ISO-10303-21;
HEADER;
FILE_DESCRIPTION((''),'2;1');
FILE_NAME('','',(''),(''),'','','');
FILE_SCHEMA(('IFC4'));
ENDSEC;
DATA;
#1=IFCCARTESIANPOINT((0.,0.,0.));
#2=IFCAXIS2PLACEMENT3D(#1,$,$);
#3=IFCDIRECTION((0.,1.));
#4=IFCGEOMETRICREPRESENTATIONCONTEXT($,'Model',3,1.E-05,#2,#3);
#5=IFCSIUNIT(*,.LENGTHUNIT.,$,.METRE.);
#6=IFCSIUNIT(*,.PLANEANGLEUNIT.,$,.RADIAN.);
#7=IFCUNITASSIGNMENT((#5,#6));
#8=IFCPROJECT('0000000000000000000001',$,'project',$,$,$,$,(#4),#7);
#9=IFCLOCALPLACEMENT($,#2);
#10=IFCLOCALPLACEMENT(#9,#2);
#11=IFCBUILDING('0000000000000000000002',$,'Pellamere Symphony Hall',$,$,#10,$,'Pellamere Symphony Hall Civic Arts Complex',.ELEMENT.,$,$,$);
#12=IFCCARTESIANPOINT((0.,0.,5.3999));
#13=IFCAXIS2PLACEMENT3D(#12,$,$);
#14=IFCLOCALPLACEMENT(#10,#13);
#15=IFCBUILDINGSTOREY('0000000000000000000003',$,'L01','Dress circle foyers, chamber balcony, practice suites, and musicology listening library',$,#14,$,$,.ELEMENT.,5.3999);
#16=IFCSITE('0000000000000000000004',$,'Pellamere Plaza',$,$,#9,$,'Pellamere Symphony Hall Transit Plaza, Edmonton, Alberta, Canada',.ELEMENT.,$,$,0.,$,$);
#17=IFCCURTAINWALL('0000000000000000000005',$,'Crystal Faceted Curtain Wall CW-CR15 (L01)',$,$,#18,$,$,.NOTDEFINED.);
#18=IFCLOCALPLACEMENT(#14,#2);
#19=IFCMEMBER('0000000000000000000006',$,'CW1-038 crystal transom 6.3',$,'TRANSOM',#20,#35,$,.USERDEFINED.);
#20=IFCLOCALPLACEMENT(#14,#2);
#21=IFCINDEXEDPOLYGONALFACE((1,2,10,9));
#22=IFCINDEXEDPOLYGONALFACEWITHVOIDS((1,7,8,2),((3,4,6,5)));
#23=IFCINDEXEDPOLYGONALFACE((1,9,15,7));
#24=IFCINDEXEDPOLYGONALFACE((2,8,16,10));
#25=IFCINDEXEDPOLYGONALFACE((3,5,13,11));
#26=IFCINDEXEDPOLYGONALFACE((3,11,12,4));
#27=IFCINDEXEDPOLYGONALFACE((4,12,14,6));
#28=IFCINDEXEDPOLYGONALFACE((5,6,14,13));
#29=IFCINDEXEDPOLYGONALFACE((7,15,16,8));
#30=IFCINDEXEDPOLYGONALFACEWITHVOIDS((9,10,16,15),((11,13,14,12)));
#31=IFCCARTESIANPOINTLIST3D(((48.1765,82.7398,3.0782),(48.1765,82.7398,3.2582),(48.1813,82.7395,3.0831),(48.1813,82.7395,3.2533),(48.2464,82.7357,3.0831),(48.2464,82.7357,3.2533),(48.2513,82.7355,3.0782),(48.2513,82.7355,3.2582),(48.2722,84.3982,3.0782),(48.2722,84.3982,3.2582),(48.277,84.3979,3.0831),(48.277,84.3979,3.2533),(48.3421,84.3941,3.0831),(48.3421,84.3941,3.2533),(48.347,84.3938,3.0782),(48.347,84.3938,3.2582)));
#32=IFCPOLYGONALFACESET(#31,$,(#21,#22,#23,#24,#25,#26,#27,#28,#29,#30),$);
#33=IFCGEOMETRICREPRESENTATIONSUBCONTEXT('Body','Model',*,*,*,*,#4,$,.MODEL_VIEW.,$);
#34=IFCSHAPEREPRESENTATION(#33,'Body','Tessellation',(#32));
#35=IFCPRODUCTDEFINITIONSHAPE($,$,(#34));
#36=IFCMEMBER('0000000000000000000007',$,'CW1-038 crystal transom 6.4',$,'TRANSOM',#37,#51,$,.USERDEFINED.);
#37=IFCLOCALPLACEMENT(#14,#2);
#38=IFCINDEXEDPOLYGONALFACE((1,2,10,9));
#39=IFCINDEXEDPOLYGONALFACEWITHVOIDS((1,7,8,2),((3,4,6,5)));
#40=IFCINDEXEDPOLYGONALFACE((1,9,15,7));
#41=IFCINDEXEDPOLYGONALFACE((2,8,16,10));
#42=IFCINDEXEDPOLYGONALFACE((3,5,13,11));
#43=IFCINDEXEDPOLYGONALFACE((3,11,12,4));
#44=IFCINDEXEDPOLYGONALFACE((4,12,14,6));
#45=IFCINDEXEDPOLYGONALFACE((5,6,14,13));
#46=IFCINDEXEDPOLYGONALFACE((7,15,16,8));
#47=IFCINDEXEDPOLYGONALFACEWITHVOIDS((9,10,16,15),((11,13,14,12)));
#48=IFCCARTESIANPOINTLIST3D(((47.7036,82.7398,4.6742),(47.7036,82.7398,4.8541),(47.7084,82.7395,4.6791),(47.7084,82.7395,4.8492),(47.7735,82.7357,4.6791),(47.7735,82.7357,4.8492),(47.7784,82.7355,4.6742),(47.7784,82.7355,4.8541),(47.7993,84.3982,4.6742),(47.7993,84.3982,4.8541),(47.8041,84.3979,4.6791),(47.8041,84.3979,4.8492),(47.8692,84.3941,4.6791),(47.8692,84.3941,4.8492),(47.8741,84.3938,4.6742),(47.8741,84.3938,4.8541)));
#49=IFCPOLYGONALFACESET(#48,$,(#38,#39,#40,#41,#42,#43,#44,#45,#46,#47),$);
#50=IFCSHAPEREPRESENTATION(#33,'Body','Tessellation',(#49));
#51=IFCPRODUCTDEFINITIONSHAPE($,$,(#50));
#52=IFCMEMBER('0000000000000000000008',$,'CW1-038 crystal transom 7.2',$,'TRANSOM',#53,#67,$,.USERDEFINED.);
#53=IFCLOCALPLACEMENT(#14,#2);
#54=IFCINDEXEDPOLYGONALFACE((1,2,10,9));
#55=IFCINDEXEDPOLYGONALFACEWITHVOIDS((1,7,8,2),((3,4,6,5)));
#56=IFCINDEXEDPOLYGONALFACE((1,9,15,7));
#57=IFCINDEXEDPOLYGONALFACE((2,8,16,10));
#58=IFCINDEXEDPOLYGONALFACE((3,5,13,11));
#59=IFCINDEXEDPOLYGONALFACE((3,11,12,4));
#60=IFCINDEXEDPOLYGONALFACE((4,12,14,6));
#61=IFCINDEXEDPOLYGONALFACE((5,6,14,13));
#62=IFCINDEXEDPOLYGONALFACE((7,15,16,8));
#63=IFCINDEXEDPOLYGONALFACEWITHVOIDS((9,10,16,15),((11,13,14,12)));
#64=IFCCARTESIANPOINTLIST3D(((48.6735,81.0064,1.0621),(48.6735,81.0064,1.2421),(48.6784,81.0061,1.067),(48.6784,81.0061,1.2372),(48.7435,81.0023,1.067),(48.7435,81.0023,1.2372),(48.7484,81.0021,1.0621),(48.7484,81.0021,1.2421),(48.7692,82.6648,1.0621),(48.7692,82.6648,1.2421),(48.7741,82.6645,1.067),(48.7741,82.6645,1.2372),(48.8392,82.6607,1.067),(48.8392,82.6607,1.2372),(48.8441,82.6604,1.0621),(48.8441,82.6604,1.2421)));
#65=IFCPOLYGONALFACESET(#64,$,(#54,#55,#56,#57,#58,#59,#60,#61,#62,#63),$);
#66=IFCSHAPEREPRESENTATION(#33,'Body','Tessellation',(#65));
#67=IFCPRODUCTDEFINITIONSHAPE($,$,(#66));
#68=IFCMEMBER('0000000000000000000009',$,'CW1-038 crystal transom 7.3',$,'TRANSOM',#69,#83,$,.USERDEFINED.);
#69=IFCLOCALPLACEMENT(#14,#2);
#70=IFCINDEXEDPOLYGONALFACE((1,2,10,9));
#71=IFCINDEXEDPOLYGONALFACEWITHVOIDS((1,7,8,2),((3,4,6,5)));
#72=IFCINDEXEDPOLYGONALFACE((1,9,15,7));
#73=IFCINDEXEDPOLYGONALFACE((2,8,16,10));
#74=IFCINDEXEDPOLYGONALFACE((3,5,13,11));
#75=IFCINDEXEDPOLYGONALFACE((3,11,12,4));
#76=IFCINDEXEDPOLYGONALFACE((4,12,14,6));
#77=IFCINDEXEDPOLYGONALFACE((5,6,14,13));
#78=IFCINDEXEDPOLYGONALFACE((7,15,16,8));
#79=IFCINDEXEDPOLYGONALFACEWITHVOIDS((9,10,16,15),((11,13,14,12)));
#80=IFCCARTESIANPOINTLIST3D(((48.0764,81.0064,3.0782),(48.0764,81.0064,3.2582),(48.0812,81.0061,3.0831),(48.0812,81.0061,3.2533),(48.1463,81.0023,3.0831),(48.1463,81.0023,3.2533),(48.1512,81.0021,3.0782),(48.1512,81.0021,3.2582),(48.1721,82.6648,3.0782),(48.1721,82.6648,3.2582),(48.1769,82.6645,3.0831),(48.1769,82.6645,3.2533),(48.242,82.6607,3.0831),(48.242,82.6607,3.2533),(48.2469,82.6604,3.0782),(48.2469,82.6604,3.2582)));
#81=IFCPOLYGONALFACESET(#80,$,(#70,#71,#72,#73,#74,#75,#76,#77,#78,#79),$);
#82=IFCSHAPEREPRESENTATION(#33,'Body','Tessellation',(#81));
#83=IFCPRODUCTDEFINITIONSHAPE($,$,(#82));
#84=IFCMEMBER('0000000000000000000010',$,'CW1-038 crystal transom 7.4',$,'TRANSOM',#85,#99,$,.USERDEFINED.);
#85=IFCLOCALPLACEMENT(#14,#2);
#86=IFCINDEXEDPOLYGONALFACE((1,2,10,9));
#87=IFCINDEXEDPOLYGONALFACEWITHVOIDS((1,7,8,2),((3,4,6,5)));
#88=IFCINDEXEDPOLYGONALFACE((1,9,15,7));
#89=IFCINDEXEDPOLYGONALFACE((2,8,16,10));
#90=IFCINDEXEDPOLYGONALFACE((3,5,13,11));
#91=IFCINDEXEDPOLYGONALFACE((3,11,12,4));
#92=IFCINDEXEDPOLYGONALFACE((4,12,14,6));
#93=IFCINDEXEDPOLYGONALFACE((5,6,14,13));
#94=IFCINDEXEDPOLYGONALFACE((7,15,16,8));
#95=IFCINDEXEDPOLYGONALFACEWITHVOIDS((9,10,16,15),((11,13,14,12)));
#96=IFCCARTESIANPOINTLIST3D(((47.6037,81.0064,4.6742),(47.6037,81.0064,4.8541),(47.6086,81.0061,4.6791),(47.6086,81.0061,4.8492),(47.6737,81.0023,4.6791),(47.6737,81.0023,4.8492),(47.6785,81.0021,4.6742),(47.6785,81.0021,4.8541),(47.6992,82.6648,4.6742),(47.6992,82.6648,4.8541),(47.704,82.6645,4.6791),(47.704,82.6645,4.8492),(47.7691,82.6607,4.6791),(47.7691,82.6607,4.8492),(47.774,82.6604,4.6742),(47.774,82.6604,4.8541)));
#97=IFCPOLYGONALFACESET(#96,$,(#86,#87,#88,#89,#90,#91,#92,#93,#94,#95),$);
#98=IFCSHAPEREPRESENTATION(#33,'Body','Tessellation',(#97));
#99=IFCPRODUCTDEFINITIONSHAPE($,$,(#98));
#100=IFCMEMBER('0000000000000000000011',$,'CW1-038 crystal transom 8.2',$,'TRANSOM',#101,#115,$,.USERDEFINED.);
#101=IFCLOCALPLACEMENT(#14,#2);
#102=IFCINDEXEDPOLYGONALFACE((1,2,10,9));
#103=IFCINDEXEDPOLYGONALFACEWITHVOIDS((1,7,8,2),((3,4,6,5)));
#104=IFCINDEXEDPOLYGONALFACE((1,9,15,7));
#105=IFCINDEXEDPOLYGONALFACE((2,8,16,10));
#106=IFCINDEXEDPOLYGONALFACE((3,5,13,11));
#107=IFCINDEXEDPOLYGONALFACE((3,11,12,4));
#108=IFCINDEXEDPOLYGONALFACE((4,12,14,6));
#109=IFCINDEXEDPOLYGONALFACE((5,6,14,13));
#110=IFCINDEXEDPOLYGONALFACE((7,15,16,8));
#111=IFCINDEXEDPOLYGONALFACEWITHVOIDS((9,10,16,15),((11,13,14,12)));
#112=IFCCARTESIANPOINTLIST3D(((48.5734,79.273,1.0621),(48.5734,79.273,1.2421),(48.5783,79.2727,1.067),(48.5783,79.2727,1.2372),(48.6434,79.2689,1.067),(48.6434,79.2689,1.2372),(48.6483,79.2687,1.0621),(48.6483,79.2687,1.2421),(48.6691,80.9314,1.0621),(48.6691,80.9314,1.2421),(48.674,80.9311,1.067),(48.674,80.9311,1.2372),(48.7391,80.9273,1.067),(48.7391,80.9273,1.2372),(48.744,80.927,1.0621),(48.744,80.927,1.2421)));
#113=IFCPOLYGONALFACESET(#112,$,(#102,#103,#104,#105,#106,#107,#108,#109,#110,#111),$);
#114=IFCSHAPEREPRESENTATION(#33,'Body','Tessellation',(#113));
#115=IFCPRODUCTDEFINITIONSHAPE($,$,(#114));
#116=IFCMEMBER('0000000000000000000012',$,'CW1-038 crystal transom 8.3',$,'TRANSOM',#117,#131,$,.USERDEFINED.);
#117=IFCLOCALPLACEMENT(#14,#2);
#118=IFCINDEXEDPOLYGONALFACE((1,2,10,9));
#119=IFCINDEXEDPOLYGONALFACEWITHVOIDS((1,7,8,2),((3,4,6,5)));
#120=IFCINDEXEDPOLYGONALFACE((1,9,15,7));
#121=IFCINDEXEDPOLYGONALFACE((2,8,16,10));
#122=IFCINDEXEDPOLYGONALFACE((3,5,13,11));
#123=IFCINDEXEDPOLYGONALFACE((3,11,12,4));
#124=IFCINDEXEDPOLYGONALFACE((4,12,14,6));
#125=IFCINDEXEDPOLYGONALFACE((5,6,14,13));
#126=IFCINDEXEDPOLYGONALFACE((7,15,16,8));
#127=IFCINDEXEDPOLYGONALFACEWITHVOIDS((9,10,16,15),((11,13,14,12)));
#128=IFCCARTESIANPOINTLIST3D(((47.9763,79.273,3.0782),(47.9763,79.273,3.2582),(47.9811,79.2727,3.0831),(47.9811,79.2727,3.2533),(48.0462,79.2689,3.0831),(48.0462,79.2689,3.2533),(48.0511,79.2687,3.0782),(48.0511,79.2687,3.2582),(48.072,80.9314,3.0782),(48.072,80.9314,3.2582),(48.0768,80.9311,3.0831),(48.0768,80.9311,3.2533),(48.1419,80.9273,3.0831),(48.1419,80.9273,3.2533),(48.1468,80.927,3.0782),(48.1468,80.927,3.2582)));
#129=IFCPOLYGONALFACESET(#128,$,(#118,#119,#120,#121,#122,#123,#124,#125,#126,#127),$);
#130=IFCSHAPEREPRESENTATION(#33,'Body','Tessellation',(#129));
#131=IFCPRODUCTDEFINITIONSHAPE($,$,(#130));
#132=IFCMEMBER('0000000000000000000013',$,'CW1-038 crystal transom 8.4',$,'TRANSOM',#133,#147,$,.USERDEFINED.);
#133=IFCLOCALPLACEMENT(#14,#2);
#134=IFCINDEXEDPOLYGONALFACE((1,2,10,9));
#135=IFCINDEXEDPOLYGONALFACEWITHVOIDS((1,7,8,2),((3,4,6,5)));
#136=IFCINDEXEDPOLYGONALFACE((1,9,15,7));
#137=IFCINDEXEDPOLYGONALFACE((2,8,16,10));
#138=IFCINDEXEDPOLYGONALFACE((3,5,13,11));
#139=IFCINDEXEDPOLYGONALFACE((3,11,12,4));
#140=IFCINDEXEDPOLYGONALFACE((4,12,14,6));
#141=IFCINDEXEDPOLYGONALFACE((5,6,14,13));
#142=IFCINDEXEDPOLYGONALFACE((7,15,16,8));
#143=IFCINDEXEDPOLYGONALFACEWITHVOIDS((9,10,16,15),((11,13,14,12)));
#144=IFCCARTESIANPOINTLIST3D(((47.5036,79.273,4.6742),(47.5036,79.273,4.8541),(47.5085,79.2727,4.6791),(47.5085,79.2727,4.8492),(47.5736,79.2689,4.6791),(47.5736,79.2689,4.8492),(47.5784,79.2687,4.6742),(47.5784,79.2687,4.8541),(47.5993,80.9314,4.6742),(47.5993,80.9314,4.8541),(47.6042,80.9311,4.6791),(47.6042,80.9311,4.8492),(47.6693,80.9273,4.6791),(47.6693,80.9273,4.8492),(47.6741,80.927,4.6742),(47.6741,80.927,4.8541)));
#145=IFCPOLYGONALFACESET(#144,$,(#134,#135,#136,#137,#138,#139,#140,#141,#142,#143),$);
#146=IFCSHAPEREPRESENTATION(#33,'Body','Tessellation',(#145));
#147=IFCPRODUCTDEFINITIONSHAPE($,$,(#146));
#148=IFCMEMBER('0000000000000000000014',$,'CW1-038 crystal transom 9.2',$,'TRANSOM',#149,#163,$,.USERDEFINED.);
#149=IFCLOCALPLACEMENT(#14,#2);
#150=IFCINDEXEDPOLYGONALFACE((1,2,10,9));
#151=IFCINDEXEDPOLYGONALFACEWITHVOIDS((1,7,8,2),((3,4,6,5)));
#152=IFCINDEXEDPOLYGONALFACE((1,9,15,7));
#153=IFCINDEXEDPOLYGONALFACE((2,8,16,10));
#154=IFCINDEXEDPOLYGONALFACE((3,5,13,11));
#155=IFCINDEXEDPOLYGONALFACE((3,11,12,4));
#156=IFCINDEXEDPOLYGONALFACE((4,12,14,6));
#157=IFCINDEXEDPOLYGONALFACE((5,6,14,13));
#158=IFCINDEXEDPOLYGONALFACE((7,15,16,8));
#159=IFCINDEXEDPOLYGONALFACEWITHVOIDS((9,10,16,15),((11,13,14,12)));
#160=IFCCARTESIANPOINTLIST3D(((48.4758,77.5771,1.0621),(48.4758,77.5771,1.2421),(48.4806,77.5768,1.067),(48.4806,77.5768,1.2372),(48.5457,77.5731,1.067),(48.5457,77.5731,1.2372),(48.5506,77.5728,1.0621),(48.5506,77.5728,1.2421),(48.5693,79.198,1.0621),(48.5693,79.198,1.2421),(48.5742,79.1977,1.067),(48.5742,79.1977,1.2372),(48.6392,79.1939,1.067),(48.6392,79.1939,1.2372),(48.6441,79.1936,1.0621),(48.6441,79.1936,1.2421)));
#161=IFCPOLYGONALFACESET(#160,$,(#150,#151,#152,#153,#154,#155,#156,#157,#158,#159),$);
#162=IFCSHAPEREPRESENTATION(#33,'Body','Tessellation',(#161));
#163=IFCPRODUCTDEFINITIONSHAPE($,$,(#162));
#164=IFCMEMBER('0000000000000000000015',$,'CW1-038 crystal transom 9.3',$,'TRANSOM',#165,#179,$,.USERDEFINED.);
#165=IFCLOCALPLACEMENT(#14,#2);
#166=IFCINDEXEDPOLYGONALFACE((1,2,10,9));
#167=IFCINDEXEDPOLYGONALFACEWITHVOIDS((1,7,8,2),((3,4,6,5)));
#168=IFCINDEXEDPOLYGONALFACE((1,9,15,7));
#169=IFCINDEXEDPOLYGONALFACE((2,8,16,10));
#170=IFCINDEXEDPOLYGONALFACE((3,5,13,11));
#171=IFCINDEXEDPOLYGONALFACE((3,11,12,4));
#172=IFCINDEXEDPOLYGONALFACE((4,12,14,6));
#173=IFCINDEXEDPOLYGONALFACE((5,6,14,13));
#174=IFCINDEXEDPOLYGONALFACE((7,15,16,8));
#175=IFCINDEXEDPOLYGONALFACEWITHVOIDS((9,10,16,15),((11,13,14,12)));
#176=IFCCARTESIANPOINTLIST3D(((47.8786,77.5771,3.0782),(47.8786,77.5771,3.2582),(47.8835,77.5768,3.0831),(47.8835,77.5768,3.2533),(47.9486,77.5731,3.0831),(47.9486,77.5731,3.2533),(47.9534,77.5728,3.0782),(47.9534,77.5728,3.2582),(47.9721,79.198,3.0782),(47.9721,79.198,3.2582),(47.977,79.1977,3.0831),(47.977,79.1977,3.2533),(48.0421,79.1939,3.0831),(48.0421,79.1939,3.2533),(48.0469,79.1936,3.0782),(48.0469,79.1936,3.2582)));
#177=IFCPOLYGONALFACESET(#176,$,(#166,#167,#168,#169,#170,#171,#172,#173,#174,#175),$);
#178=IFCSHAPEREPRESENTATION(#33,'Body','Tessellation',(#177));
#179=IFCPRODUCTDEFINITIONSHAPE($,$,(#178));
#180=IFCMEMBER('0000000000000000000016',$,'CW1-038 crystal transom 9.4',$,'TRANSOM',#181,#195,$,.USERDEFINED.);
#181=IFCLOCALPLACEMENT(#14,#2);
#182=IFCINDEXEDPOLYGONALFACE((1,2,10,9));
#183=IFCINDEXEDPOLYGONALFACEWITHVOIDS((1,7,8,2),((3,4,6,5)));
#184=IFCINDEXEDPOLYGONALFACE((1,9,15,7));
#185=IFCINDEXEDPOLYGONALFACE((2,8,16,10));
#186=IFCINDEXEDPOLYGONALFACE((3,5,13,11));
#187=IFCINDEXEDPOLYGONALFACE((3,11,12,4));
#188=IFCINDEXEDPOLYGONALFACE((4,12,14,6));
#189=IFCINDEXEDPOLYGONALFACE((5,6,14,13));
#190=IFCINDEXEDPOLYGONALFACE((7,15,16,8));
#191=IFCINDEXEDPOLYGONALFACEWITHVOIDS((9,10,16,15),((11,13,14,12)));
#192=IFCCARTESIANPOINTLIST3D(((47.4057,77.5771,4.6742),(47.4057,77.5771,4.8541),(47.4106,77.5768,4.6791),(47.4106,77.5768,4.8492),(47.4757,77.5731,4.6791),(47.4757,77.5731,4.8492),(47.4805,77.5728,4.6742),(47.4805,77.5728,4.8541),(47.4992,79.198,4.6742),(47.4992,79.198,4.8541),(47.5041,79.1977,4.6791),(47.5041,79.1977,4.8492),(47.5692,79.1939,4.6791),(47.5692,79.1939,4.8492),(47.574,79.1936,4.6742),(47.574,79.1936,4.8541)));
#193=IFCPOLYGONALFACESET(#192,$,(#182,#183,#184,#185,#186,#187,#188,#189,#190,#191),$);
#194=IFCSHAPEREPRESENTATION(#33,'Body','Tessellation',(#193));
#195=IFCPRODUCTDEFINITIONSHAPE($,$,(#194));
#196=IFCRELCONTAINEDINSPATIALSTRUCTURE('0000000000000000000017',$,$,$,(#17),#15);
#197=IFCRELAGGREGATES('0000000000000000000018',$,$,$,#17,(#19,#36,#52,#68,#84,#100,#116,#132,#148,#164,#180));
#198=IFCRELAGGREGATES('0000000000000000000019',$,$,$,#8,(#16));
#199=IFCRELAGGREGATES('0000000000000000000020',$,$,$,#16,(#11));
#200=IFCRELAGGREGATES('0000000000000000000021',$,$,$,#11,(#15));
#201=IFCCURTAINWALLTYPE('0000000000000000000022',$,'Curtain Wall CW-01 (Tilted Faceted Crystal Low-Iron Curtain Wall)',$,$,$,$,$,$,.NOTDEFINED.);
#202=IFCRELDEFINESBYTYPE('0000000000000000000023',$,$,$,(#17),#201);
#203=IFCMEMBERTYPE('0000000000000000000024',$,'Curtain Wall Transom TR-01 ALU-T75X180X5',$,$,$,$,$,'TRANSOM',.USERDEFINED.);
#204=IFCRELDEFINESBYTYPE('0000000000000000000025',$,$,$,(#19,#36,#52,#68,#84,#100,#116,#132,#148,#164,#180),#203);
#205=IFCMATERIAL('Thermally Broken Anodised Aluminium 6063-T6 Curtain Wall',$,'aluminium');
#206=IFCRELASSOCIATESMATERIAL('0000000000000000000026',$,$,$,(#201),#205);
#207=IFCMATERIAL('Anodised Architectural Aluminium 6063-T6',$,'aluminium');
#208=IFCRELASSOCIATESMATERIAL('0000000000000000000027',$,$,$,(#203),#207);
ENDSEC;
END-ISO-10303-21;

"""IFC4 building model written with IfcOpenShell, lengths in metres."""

from ifc_helpers import new_model, si_unit, direction, frame, origin, origin_2d, place, context, subcontext, project, spatial, hollow_rectangle, extrude, material, material_profile, profile_set, type_object, element, aggregate, save


model = new_model("IFC4")

# Units and contexts
model_context = context("Model", 3, precision=1e-05, world=origin(), true_north=direction((0.0, 1.0)))
body_context = subcontext(model_context, "Body", "Model", "MODEL_VIEW")
ifc_project = project(units=[si_unit("LENGTHUNIT", "METRE"), si_unit("PLANEANGLEUNIT", "RADIAN")], contexts=[model_context])

# Site, building, storey
site_placement = place(None, origin())
site = spatial("IfcSite", under=ifc_project, at=site_placement, Name="Pellamere Plaza", LongName="Pellamere Symphony Hall Transit Plaza, Edmonton, Alberta, Canada", CompositionType="ELEMENT", RefElevation=0.0)
building_placement = place(site_placement, origin())
building = spatial("IfcBuilding", under=site, at=building_placement, Name="Pellamere Symphony Hall", LongName="Pellamere Symphony Hall Civic Arts Complex", CompositionType="ELEMENT")
storey_placement = place(building_placement, frame((0.0, 0.0, 5.3999)))
storey = spatial("IfcBuildingStorey", under=building, at=storey_placement, Name="L01", Description="Dress circle foyers, chamber balcony, practice suites, and musicology listening library", CompositionType="ELEMENT", Elevation=5.3999)

# Shared definitions
ifc_material_1 = material(Name="Thermally Broken Anodised Aluminium 6063-T6 Curtain Wall", Category="aluminium")
curtain_wall_type = type_object("IfcCurtainWallType", Name="Curtain Wall CW-01 (Tilted Faceted Crystal Low-Iron Curtain Wall)", PredefinedType="NOTDEFINED", material=ifc_material_1)
ifc_material_2 = material(Name="Anodised Architectural Aluminium 6063-T6", Category="aluminium")

# Curtain wall, members
curtain_wall_1_placement = place(storey_placement, origin())
curtain_wall_1 = element("IfcCurtainWall", 1, at=curtain_wall_1_placement, inside=storey, type_object=curtain_wall_type, Name="Crystal Faceted Curtain Wall CW-CR15 (L01)", PredefinedType="NOTDEFINED")
ifc_material_profile_1 = material_profile(ifc_material_2, hollow_rectangle(XDim=0.075, YDim=0.1799, WallThickness=0.0049, at=origin_2d()), Name="ALU-T75X180X5")
ifc_profile_set_1 = profile_set([ifc_material_profile_1], Name="Anodised Architectural Aluminium 6063-T6")
member_type_1 = type_object("IfcMemberType", Name="Curtain Wall Transom TR-01 ALU-T75X180X5", ElementType="TRANSOM", PredefinedType="USERDEFINED", material=ifc_profile_set_1)
member_1_placement = place(storey_placement, frame((48.3096, 84.396, 3.1682), z_axis=(-0.057611, -0.998339, 0.0), x_axis=(0.998339, -0.057611, 0.0)))
member_1 = element("IfcMember", 2, at=member_1_placement, type_object=member_type_1, Name="CW1-038 crystal transom 6.3", ObjectType="TRANSOM", PredefinedType="USERDEFINED", context=body_context, shape_type="SweptSolid", body=[
    extrude(hollow_rectangle(XDim=0.075, YDim=0.1799, WallThickness=0.0049, at=origin_2d()), origin(), (0.0, 0.0, 1.0), 1.6611),
])
member_2_placement = place(storey_placement, frame((47.8367, 84.396, 4.7642), z_axis=(-0.057611, -0.998339, 0.0), x_axis=(0.998339, -0.057611, 0.0)))
member_2 = element("IfcMember", 3, at=member_2_placement, type_object=member_type_1, Name="CW1-038 crystal transom 6.4", ObjectType="TRANSOM", PredefinedType="USERDEFINED", context=body_context, shape_type="SweptSolid", body=[
    extrude(hollow_rectangle(XDim=0.075, YDim=0.1799, WallThickness=0.0049, at=origin_2d()), origin(), (0.0, 0.0, 1.0), 1.6611),
])
member_3_placement = place(storey_placement, frame((48.8066, 82.6626, 1.1521), z_axis=(-0.057611, -0.998339, 0.0), x_axis=(0.998339, -0.057611, 0.0)))
member_3 = element("IfcMember", 4, at=member_3_placement, type_object=member_type_1, Name="CW1-038 crystal transom 7.2", ObjectType="TRANSOM", PredefinedType="USERDEFINED", context=body_context, shape_type="SweptSolid", body=[
    extrude(hollow_rectangle(XDim=0.075, YDim=0.1799, WallThickness=0.0049, at=origin_2d()), origin(), (0.0, 0.0, 1.0), 1.6611),
])
member_4_placement = place(storey_placement, frame((48.2095, 82.6626, 3.1682), z_axis=(-0.057611, -0.998339, 0.0), x_axis=(0.998339, -0.057611, 0.0)))
member_4 = element("IfcMember", 5, at=member_4_placement, type_object=member_type_1, Name="CW1-038 crystal transom 7.3", ObjectType="TRANSOM", PredefinedType="USERDEFINED", context=body_context, shape_type="SweptSolid", body=[
    extrude(hollow_rectangle(XDim=0.075, YDim=0.1799, WallThickness=0.0049, at=origin_2d()), origin(), (0.0, 0.0, 1.0), 1.6611),
])
member_5_placement = place(storey_placement, frame((47.7366, 82.6626, 4.7642), z_axis=(-0.057464, -0.998348, 0.0), x_axis=(0.998348, -0.057464, 0.0)))
member_5 = element("IfcMember", 6, at=member_5_placement, type_object=member_type_1, Name="CW1-038 crystal transom 7.4", ObjectType="TRANSOM", PredefinedType="USERDEFINED", context=body_context, shape_type="SweptSolid", body=[
    extrude(hollow_rectangle(XDim=0.075, YDim=0.1799, WallThickness=0.0049, at=origin_2d()), origin(), (0.0, 0.0, 1.0), 1.6611),
])
member_6_placement = place(storey_placement, frame((48.7065, 80.9292, 1.1521), z_axis=(-0.057611, -0.998339, 0.0), x_axis=(0.998339, -0.057611, 0.0)))
member_6 = element("IfcMember", 7, at=member_6_placement, type_object=member_type_1, Name="CW1-038 crystal transom 8.2", ObjectType="TRANSOM", PredefinedType="USERDEFINED", context=body_context, shape_type="SweptSolid", body=[
    extrude(hollow_rectangle(XDim=0.075, YDim=0.1799, WallThickness=0.0049, at=origin_2d()), origin(), (0.0, 0.0, 1.0), 1.6611),
])
member_7_placement = place(storey_placement, frame((48.1094, 80.9292, 3.1682), z_axis=(-0.057611, -0.998339, 0.0), x_axis=(0.998339, -0.057611, 0.0)))
member_7 = element("IfcMember", 8, at=member_7_placement, type_object=member_type_1, Name="CW1-038 crystal transom 8.3", ObjectType="TRANSOM", PredefinedType="USERDEFINED", context=body_context, shape_type="SweptSolid", body=[
    extrude(hollow_rectangle(XDim=0.075, YDim=0.1799, WallThickness=0.0049, at=origin_2d()), origin(), (0.0, 0.0, 1.0), 1.6611),
])
member_8_placement = place(storey_placement, frame((47.6367, 80.9292, 4.7642), z_axis=(-0.057611, -0.998339, 0.0), x_axis=(0.998339, -0.057611, 0.0)))
member_8 = element("IfcMember", 9, at=member_8_placement, type_object=member_type_1, Name="CW1-038 crystal transom 8.4", ObjectType="TRANSOM", PredefinedType="USERDEFINED", context=body_context, shape_type="SweptSolid", body=[
    extrude(hollow_rectangle(XDim=0.075, YDim=0.1799, WallThickness=0.0049, at=origin_2d()), origin(), (0.0, 0.0, 1.0), 1.6611),
])
member_9_placement = place(storey_placement, frame((48.6067, 79.1958, 1.1521), z_axis=(-0.057594, -0.99834, 0.0), x_axis=(0.99834, -0.057594, 0.0)))
member_9 = element("IfcMember", 10, at=member_9_placement, type_object=member_type_1, Name="CW1-038 crystal transom 9.2", ObjectType="TRANSOM", PredefinedType="USERDEFINED", context=body_context, shape_type="SweptSolid", body=[
    extrude(hollow_rectangle(XDim=0.075, YDim=0.1799, WallThickness=0.0049, at=origin_2d()), origin(), (0.0, 0.0, 1.0), 1.6235),
])
member_10_placement = place(storey_placement, frame((48.0095, 79.1958, 3.1682), z_axis=(-0.057594, -0.99834, 0.0), x_axis=(0.99834, -0.057594, 0.0)))
member_10 = element("IfcMember", 11, at=member_10_placement, type_object=member_type_1, Name="CW1-038 crystal transom 9.3", ObjectType="TRANSOM", PredefinedType="USERDEFINED", context=body_context, shape_type="SweptSolid", body=[
    extrude(hollow_rectangle(XDim=0.075, YDim=0.1799, WallThickness=0.0049, at=origin_2d()), origin(), (0.0, 0.0, 1.0), 1.6235),
])
member_11_placement = place(storey_placement, frame((47.5366, 79.1958, 4.7642), z_axis=(-0.057594, -0.99834, 0.0), x_axis=(0.99834, -0.057594, 0.0)))
member_11 = element("IfcMember", 12, at=member_11_placement, type_object=member_type_1, Name="CW1-038 crystal transom 9.4", ObjectType="TRANSOM", PredefinedType="USERDEFINED", context=body_context, shape_type="SweptSolid", body=[
    extrude(hollow_rectangle(XDim=0.075, YDim=0.1799, WallThickness=0.0049, at=origin_2d()), origin(), (0.0, 0.0, 1.0), 1.6235),
])

aggregate(curtain_wall_1, [member_1, member_2, member_3, member_4, member_5, member_6, member_7, member_8, member_9, member_10, member_11])

save(model, "model.ifc")
